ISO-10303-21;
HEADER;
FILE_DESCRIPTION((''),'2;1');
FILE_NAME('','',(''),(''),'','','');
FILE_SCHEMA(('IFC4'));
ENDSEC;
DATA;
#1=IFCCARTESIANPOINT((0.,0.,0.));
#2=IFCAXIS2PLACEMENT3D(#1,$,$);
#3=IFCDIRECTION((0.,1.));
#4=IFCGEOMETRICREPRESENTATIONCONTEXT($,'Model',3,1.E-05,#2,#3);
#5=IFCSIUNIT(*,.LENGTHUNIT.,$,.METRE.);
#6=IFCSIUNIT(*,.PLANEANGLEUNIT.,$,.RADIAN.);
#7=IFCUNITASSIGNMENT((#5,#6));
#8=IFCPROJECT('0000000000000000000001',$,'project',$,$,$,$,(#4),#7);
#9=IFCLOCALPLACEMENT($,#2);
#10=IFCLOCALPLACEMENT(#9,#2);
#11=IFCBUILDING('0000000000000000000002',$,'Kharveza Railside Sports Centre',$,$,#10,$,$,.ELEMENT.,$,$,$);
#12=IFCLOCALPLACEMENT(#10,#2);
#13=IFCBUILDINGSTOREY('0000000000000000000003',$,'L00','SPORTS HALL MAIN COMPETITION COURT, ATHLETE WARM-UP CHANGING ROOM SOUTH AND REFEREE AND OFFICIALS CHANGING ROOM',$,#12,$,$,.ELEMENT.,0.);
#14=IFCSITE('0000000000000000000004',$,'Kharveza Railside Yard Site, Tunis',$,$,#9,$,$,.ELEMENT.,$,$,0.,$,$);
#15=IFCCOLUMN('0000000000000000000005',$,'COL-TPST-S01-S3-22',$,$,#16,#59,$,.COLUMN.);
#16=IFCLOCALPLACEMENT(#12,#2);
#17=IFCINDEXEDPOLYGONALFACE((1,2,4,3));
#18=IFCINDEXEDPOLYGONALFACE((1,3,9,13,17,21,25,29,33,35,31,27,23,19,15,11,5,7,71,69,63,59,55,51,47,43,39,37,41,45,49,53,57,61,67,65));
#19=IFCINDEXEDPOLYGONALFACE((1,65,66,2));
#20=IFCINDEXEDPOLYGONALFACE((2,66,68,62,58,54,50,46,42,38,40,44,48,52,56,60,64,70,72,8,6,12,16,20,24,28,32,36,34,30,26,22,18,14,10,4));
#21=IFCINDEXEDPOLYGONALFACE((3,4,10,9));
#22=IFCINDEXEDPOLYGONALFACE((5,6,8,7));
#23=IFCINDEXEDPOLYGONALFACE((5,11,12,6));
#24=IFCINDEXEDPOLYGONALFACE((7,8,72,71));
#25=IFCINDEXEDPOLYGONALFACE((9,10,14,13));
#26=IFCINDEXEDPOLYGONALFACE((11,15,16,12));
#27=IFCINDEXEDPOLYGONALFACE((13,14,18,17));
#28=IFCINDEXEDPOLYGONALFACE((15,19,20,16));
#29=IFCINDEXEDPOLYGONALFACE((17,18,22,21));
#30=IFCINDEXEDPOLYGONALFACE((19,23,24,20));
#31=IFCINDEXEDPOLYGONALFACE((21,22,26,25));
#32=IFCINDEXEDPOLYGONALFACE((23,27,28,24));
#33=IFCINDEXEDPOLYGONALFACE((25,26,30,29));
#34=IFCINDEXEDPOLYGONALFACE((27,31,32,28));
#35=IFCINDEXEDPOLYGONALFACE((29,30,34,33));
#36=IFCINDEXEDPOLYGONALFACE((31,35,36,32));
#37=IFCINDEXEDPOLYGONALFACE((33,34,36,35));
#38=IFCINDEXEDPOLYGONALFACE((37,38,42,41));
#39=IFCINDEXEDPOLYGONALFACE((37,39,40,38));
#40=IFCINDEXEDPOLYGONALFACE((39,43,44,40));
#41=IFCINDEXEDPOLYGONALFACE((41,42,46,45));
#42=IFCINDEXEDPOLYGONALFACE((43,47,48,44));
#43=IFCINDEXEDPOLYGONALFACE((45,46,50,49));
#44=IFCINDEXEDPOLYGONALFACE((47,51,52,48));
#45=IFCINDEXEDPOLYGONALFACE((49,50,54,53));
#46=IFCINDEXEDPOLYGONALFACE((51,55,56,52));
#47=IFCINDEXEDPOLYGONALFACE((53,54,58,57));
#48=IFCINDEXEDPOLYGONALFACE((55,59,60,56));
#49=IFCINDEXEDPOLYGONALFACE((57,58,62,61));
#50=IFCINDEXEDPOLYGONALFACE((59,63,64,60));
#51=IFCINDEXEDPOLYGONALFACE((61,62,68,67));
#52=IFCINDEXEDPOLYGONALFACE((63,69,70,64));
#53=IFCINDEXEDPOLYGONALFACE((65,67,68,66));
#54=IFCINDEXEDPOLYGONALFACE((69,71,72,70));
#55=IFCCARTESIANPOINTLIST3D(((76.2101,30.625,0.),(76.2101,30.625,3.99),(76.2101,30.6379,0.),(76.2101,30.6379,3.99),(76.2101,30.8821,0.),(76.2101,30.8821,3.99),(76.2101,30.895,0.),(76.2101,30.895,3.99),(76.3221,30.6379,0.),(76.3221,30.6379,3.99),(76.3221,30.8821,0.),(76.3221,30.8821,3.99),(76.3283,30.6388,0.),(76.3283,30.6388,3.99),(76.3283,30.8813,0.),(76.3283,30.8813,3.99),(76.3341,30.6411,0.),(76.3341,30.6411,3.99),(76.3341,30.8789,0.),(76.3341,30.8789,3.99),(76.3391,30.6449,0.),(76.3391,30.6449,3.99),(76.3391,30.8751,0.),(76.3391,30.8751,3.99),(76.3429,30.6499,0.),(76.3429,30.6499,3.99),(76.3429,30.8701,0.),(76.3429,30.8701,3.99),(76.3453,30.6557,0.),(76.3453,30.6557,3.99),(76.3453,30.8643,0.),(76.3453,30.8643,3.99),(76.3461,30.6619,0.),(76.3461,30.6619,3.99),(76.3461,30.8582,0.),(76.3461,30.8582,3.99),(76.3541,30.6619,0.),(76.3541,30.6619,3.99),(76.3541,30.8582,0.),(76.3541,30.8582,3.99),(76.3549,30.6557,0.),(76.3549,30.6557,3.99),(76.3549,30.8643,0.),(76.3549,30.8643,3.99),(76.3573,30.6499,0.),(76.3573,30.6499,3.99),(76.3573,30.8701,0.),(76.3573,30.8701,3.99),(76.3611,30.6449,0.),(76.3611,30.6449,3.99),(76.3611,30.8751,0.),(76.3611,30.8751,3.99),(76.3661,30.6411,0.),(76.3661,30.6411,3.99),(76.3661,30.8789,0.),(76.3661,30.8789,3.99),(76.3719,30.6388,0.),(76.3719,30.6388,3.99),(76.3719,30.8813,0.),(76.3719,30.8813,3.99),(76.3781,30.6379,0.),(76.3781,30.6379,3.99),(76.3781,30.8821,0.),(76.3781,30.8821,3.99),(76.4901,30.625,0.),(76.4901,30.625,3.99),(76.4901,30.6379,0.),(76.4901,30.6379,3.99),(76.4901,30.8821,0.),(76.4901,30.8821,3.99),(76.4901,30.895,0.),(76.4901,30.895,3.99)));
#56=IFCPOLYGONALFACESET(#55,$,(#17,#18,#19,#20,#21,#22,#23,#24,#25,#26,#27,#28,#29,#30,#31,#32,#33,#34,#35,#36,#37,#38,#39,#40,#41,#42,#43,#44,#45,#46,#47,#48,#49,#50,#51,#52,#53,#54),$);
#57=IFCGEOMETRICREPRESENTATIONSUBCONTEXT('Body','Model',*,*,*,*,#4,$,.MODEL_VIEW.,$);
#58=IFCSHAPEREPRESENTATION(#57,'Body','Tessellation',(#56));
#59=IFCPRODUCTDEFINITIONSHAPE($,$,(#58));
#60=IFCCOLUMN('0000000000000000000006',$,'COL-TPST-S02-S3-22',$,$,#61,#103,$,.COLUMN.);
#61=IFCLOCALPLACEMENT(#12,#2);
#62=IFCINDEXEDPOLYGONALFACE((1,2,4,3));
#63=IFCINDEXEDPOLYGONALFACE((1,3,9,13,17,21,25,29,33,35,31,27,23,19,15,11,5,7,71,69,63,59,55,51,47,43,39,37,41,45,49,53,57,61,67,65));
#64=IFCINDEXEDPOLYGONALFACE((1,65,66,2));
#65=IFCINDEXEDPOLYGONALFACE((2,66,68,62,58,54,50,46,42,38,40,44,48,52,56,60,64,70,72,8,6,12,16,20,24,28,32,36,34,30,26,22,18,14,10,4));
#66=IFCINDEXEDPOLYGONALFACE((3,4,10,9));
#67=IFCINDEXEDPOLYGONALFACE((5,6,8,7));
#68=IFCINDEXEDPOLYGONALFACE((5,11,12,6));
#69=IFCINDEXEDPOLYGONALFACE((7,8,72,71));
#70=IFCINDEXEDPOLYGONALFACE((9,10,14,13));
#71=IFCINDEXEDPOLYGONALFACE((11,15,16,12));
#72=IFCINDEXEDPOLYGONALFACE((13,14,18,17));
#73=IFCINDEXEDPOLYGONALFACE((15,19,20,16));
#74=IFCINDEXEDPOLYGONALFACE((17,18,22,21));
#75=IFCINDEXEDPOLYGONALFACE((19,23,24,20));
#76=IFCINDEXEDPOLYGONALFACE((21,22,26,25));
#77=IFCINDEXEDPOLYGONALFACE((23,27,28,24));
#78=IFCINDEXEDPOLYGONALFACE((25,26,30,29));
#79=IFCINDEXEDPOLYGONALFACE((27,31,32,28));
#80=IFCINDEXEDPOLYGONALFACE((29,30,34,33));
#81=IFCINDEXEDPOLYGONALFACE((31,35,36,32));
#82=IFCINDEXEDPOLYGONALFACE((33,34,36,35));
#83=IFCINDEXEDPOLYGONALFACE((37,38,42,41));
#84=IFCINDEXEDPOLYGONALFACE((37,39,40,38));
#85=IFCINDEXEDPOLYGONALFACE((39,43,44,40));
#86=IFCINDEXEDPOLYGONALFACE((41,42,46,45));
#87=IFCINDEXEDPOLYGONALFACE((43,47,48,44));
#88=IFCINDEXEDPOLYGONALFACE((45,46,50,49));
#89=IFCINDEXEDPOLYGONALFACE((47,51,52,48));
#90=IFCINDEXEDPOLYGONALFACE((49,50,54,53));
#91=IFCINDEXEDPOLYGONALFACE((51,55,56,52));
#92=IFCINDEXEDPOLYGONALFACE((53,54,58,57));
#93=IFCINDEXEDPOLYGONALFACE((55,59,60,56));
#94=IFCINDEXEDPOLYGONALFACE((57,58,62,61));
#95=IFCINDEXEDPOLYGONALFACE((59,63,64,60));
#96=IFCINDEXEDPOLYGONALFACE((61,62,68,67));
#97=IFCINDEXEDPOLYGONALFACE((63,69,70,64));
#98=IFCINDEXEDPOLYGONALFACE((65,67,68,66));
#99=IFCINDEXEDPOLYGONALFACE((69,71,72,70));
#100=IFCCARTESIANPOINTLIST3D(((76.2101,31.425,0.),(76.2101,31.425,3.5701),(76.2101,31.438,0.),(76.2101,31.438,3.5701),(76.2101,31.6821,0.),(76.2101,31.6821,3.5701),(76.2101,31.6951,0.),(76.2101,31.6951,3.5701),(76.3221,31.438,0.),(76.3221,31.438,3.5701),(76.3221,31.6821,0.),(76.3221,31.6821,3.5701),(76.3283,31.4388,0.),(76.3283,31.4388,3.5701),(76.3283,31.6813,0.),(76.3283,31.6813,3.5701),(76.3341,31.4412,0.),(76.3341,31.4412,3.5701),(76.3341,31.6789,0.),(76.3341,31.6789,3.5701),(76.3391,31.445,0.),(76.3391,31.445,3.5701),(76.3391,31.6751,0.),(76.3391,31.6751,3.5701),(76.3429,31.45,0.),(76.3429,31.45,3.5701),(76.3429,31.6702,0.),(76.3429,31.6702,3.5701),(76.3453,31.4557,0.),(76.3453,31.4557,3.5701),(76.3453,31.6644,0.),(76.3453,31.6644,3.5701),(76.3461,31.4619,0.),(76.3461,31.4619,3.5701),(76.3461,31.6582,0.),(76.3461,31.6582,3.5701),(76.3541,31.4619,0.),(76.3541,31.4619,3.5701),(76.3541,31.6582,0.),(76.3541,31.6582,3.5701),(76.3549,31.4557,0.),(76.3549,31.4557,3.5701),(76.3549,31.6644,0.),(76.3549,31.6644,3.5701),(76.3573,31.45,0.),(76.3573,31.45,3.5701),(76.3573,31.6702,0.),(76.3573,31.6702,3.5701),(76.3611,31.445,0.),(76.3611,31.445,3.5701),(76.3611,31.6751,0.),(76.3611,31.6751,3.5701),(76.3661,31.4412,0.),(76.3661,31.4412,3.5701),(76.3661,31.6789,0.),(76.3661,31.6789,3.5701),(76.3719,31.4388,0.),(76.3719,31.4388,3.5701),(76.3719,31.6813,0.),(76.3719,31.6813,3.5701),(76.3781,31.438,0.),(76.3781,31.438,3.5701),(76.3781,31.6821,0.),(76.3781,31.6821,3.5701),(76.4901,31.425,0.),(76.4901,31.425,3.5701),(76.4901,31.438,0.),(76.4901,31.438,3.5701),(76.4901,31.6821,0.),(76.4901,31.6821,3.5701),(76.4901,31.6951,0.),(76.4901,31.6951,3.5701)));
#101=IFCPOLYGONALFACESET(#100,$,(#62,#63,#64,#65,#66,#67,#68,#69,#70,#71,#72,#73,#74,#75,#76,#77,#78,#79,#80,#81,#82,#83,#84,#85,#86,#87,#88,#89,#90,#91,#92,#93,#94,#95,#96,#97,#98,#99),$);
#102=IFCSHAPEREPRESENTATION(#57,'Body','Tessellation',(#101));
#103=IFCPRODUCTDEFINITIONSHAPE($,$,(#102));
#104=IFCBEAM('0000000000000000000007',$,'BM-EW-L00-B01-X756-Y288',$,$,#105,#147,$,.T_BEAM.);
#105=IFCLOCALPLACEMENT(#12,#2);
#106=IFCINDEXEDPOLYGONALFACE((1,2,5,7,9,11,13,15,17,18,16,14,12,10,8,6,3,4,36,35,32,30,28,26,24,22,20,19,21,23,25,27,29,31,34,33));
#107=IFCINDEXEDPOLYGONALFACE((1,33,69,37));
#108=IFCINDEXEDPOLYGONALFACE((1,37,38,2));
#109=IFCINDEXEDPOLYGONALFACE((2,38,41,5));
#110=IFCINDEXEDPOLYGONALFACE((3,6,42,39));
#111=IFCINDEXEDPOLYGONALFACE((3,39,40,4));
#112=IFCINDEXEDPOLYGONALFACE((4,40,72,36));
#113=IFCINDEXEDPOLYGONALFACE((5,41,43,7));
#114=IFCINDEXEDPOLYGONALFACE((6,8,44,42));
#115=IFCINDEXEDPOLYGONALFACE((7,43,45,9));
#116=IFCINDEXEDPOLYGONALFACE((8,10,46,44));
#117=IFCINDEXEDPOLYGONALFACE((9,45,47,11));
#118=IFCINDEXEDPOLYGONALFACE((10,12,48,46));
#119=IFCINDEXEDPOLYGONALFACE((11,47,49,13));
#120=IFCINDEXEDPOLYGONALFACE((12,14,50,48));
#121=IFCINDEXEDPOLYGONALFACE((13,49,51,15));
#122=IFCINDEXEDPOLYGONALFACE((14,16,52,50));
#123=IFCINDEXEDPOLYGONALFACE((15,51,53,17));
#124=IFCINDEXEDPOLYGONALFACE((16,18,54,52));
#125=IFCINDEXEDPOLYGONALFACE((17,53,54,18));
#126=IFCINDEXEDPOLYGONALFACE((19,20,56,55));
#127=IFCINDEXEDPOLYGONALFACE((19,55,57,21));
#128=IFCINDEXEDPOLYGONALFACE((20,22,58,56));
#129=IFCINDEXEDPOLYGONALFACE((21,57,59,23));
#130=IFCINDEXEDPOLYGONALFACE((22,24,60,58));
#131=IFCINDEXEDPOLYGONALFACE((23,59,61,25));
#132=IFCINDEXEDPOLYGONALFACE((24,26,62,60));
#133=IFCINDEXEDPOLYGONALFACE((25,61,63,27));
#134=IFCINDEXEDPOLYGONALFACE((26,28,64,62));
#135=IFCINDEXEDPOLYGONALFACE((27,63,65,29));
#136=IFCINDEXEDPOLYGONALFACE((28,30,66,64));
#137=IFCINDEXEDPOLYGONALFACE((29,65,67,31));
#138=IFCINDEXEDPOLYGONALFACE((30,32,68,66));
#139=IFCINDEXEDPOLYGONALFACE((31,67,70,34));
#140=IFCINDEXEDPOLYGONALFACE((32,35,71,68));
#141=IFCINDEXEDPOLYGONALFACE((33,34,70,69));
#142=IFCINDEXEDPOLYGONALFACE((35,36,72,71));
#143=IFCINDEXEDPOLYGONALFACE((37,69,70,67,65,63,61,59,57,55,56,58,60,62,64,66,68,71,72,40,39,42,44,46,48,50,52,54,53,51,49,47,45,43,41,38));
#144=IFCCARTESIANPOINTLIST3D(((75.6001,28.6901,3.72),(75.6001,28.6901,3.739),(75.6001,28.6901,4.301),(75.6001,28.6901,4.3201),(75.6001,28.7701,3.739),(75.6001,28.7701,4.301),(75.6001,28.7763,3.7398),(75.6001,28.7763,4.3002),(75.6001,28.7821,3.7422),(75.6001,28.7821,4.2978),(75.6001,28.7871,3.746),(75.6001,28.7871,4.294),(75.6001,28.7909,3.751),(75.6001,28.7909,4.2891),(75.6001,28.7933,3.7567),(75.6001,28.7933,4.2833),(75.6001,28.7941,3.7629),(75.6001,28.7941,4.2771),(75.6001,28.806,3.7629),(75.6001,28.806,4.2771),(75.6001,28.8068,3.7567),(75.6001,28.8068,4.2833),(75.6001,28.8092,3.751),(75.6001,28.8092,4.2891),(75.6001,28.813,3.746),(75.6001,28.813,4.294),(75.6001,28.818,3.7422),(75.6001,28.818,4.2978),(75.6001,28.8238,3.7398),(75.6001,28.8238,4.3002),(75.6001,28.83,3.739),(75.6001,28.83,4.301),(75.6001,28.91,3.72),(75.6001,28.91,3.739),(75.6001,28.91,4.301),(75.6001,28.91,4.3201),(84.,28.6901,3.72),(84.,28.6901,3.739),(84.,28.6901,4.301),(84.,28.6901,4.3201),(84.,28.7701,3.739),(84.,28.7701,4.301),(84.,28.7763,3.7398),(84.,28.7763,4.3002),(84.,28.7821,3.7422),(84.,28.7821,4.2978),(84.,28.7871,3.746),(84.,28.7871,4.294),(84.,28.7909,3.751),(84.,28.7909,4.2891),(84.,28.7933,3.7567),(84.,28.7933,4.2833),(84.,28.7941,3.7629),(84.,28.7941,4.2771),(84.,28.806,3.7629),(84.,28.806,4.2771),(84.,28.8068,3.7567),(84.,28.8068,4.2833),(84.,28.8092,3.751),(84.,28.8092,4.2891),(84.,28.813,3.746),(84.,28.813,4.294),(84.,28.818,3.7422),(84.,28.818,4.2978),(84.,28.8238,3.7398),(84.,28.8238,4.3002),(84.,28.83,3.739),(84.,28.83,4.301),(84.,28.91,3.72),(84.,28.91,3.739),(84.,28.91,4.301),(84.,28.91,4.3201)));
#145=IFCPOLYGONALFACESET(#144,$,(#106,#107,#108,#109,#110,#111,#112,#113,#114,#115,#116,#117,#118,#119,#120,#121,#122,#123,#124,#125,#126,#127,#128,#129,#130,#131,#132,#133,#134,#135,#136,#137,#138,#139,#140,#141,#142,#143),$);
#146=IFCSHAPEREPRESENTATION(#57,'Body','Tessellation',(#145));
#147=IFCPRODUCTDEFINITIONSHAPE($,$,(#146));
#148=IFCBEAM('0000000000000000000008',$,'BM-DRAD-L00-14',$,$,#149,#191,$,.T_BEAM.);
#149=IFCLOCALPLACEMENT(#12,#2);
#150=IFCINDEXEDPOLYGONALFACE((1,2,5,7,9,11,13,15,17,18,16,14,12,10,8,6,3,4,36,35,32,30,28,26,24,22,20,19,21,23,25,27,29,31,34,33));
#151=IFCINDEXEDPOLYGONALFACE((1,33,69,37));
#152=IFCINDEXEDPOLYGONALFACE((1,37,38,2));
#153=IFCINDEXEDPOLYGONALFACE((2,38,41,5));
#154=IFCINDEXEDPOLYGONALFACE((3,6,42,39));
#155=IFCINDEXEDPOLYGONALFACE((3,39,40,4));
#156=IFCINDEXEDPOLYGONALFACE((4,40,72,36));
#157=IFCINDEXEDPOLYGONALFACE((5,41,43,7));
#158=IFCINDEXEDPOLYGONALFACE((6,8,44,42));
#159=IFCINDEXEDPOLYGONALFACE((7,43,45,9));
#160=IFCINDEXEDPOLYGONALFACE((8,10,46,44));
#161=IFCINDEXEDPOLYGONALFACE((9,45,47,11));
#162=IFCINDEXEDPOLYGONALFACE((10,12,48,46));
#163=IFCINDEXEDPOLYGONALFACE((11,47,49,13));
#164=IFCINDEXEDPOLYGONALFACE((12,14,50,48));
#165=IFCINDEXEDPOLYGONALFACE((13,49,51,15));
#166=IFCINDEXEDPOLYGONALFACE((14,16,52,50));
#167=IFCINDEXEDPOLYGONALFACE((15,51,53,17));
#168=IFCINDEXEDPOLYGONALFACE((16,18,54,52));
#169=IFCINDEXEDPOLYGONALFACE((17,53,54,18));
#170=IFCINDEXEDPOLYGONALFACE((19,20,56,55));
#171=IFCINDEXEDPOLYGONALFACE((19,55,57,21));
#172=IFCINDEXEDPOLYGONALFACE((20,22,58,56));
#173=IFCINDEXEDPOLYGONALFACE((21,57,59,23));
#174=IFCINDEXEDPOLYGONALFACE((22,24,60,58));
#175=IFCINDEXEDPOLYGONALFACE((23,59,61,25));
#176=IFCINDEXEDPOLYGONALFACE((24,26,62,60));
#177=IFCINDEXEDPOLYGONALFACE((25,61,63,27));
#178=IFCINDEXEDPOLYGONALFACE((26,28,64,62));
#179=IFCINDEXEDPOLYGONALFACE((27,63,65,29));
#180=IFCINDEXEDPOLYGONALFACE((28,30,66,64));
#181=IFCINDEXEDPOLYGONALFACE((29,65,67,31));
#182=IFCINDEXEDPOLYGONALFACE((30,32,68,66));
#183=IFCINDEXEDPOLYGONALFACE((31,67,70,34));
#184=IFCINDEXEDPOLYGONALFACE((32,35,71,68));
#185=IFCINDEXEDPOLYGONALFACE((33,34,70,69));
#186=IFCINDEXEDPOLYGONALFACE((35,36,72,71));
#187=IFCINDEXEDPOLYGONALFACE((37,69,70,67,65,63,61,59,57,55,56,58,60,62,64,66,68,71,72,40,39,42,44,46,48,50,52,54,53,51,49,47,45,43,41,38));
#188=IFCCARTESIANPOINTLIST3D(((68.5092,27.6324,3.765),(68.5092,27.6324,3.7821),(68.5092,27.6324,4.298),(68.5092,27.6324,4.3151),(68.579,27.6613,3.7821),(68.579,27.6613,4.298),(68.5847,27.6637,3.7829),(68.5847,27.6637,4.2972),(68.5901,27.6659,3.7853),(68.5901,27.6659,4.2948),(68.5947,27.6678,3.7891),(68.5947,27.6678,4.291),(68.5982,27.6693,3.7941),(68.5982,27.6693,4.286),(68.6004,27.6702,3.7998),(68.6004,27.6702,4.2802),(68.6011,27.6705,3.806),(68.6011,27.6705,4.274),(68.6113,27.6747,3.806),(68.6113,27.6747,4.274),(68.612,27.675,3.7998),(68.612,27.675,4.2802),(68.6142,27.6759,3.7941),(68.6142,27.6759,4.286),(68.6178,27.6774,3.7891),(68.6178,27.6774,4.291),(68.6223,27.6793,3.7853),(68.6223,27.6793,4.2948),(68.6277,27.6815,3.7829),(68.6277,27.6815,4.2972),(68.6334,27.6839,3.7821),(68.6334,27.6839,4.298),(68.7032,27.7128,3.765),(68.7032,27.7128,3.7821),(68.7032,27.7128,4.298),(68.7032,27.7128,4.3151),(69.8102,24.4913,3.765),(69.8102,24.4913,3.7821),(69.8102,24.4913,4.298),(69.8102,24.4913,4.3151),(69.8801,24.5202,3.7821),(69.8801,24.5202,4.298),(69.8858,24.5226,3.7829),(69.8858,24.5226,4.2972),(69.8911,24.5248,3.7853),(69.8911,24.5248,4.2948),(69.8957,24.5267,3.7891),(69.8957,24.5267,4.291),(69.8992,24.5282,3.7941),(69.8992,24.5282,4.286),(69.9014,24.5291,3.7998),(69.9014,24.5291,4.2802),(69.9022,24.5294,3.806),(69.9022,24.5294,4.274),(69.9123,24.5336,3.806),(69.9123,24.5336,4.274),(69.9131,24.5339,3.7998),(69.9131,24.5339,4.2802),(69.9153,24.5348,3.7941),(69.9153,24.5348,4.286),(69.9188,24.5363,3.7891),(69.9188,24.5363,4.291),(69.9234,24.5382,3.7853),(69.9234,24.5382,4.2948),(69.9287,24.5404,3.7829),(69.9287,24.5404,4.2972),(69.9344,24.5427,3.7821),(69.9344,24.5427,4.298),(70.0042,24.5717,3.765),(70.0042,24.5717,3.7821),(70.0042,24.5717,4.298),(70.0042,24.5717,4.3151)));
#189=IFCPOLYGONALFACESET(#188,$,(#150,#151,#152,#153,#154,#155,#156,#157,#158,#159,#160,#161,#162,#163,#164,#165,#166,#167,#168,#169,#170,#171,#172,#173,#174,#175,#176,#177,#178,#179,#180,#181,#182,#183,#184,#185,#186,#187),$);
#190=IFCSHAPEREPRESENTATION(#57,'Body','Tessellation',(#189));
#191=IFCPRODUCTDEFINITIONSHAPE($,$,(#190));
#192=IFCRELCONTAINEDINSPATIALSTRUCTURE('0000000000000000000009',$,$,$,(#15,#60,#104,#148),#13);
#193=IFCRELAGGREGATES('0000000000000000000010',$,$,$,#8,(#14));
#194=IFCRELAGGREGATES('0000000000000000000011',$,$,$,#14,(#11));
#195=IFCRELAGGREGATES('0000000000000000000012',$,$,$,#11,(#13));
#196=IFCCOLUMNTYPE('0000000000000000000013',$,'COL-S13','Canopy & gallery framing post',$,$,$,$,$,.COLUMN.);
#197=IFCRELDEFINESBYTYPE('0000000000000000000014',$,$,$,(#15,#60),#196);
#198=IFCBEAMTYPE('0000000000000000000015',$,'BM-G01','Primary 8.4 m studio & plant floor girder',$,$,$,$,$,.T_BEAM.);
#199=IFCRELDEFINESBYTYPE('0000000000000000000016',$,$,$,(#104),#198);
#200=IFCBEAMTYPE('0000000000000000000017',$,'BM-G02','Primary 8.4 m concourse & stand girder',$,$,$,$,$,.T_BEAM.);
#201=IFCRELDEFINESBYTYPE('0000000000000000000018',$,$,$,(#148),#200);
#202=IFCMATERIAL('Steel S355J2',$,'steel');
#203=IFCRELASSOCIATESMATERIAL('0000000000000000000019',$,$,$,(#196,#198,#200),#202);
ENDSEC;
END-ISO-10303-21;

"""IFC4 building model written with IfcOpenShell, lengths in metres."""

from ifc_helpers import new_model, si_unit, direction, frame, origin, origin_2d, place, context, subcontext, project, spatial, i_section, extrude, material, material_profile, profile_set, type_object, element, save


model = new_model("IFC4")

# Units and contexts
model_context = context("Model", 3, precision=1e-05, world=origin(), true_north=direction((0.0, 1.0)))
body_context = subcontext(model_context, "Body", "Model", "MODEL_VIEW")
ifc_project = project(units=[si_unit("LENGTHUNIT", "METRE"), si_unit("PLANEANGLEUNIT", "RADIAN")], contexts=[model_context])

# Site, building, storey
site_placement = place(None, origin())
site = spatial("IfcSite", under=ifc_project, at=site_placement, Name="Kharveza Railside Yard Site, Tunis", CompositionType="ELEMENT", RefElevation=0.0)
building_placement = place(site_placement, origin())
building = spatial("IfcBuilding", under=site, at=building_placement, Name="Kharveza Railside Sports Centre", CompositionType="ELEMENT")
storey_placement = place(building_placement, origin())
storey = spatial("IfcBuildingStorey", under=building, at=storey_placement, Name="L00", Description="SPORTS HALL MAIN COMPETITION COURT, ATHLETE WARM-UP CHANGING ROOM SOUTH AND REFEREE AND OFFICIALS CHANGING ROOM", CompositionType="ELEMENT", Elevation=0.0)

# Columns
ifc_material_1 = material(Name="Steel S355J2", Category="steel")
ifc_material_profile_1 = material_profile(ifc_material_1, i_section(OverallWidth=0.28, OverallDepth=0.27, WebThickness=0.0081, FlangeThickness=0.0129, FilletRadius=0.0239, at=origin_2d()), Name="HEA 280")
ifc_profile_set_1 = profile_set([ifc_material_profile_1], Name="Steel S355J2")
column_type_1 = type_object("IfcColumnType", Name="COL-S13", Description="Canopy & gallery framing post", PredefinedType="COLUMN", material=ifc_profile_set_1)
column_1_placement = place(storey_placement, frame((76.3501, 30.76, 0.0), z_axis=(0.0, 0.0, 1.0), x_axis=(1.0, 0.0, 0.0)))
element("IfcColumn", 1, at=column_1_placement, inside=storey, type_object=column_type_1, Name="COL-TPST-S01-S3-22", PredefinedType="COLUMN", context=body_context, shape_type="SweptSolid", body=[
    extrude(i_section(OverallWidth=0.28, OverallDepth=0.27, WebThickness=0.0081, FlangeThickness=0.0129, FilletRadius=0.0239, at=origin_2d()), origin(), (0.0, 0.0, 1.0), 3.99),
])
column_2_placement = place(storey_placement, frame((76.3501, 31.5601, 0.0), z_axis=(0.0, 0.0, 1.0), x_axis=(1.0, 0.0, 0.0)))
element("IfcColumn", 2, at=column_2_placement, inside=storey, type_object=column_type_1, Name="COL-TPST-S02-S3-22", PredefinedType="COLUMN", context=body_context, shape_type="SweptSolid", body=[
    extrude(i_section(OverallWidth=0.28, OverallDepth=0.27, WebThickness=0.0081, FlangeThickness=0.0129, FilletRadius=0.0239, at=origin_2d()), origin(), (0.0, 0.0, 1.0), 3.5701),
])

# Beams
ifc_material_profile_2 = material_profile(ifc_material_1, i_section(OverallWidth=0.22, OverallDepth=0.6001, WebThickness=0.012, FlangeThickness=0.019, FilletRadius=0.0239, at=origin_2d()), Name="IPE 600")
ifc_profile_set_2 = profile_set([ifc_material_profile_2], Name="Steel S355J2")
beam_type_1 = type_object("IfcBeamType", Name="BM-G01", Description="Primary 8.4 m studio & plant floor girder", PredefinedType="T_BEAM", material=ifc_profile_set_2)
beam_1_placement = place(storey_placement, frame((75.6001, 28.8, 4.02), z_axis=(1.0, 0.0, 0.0), x_axis=(0.0, 1.0, 0.0)))
element("IfcBeam", 3, at=beam_1_placement, inside=storey, type_object=beam_type_1, Name="BM-EW-L00-B01-X756-Y288", PredefinedType="T_BEAM", context=body_context, shape_type="SweptSolid", body=[
    extrude(i_section(OverallWidth=0.22, OverallDepth=0.6001, WebThickness=0.012, FlangeThickness=0.019, FilletRadius=0.0239, at=origin_2d()), origin(), (0.0, 0.0, 1.0), 8.3999),
])
ifc_material_profile_3 = material_profile(ifc_material_1, i_section(OverallWidth=0.21, OverallDepth=0.55, WebThickness=0.011, FlangeThickness=0.0171, FilletRadius=0.0239, at=origin_2d()), Name="IPE 550")
ifc_profile_set_3 = profile_set([ifc_material_profile_3], Name="Steel S355J2")
beam_type_2 = type_object("IfcBeamType", Name="BM-G02", Description="Primary 8.4 m concourse & stand girder", PredefinedType="T_BEAM", material=ifc_profile_set_3)
beam_2_placement = place(storey_placement, frame((68.6062, 27.6726, 4.04), z_axis=(0.382667, -0.923886, 0.0), x_axis=(0.923886, 0.382667, 0.0)))
element("IfcBeam", 4, at=beam_2_placement, inside=storey, type_object=beam_type_2, Name="BM-DRAD-L00-14", PredefinedType="T_BEAM", context=body_context, shape_type="SweptSolid", body=[
    extrude(i_section(OverallWidth=0.21, OverallDepth=0.55, WebThickness=0.011, FlangeThickness=0.0171, FilletRadius=0.0239, at=origin_2d()), origin(), (0.0, 0.0, 1.0), 3.3999),
])

save(model, "model.ifc")
